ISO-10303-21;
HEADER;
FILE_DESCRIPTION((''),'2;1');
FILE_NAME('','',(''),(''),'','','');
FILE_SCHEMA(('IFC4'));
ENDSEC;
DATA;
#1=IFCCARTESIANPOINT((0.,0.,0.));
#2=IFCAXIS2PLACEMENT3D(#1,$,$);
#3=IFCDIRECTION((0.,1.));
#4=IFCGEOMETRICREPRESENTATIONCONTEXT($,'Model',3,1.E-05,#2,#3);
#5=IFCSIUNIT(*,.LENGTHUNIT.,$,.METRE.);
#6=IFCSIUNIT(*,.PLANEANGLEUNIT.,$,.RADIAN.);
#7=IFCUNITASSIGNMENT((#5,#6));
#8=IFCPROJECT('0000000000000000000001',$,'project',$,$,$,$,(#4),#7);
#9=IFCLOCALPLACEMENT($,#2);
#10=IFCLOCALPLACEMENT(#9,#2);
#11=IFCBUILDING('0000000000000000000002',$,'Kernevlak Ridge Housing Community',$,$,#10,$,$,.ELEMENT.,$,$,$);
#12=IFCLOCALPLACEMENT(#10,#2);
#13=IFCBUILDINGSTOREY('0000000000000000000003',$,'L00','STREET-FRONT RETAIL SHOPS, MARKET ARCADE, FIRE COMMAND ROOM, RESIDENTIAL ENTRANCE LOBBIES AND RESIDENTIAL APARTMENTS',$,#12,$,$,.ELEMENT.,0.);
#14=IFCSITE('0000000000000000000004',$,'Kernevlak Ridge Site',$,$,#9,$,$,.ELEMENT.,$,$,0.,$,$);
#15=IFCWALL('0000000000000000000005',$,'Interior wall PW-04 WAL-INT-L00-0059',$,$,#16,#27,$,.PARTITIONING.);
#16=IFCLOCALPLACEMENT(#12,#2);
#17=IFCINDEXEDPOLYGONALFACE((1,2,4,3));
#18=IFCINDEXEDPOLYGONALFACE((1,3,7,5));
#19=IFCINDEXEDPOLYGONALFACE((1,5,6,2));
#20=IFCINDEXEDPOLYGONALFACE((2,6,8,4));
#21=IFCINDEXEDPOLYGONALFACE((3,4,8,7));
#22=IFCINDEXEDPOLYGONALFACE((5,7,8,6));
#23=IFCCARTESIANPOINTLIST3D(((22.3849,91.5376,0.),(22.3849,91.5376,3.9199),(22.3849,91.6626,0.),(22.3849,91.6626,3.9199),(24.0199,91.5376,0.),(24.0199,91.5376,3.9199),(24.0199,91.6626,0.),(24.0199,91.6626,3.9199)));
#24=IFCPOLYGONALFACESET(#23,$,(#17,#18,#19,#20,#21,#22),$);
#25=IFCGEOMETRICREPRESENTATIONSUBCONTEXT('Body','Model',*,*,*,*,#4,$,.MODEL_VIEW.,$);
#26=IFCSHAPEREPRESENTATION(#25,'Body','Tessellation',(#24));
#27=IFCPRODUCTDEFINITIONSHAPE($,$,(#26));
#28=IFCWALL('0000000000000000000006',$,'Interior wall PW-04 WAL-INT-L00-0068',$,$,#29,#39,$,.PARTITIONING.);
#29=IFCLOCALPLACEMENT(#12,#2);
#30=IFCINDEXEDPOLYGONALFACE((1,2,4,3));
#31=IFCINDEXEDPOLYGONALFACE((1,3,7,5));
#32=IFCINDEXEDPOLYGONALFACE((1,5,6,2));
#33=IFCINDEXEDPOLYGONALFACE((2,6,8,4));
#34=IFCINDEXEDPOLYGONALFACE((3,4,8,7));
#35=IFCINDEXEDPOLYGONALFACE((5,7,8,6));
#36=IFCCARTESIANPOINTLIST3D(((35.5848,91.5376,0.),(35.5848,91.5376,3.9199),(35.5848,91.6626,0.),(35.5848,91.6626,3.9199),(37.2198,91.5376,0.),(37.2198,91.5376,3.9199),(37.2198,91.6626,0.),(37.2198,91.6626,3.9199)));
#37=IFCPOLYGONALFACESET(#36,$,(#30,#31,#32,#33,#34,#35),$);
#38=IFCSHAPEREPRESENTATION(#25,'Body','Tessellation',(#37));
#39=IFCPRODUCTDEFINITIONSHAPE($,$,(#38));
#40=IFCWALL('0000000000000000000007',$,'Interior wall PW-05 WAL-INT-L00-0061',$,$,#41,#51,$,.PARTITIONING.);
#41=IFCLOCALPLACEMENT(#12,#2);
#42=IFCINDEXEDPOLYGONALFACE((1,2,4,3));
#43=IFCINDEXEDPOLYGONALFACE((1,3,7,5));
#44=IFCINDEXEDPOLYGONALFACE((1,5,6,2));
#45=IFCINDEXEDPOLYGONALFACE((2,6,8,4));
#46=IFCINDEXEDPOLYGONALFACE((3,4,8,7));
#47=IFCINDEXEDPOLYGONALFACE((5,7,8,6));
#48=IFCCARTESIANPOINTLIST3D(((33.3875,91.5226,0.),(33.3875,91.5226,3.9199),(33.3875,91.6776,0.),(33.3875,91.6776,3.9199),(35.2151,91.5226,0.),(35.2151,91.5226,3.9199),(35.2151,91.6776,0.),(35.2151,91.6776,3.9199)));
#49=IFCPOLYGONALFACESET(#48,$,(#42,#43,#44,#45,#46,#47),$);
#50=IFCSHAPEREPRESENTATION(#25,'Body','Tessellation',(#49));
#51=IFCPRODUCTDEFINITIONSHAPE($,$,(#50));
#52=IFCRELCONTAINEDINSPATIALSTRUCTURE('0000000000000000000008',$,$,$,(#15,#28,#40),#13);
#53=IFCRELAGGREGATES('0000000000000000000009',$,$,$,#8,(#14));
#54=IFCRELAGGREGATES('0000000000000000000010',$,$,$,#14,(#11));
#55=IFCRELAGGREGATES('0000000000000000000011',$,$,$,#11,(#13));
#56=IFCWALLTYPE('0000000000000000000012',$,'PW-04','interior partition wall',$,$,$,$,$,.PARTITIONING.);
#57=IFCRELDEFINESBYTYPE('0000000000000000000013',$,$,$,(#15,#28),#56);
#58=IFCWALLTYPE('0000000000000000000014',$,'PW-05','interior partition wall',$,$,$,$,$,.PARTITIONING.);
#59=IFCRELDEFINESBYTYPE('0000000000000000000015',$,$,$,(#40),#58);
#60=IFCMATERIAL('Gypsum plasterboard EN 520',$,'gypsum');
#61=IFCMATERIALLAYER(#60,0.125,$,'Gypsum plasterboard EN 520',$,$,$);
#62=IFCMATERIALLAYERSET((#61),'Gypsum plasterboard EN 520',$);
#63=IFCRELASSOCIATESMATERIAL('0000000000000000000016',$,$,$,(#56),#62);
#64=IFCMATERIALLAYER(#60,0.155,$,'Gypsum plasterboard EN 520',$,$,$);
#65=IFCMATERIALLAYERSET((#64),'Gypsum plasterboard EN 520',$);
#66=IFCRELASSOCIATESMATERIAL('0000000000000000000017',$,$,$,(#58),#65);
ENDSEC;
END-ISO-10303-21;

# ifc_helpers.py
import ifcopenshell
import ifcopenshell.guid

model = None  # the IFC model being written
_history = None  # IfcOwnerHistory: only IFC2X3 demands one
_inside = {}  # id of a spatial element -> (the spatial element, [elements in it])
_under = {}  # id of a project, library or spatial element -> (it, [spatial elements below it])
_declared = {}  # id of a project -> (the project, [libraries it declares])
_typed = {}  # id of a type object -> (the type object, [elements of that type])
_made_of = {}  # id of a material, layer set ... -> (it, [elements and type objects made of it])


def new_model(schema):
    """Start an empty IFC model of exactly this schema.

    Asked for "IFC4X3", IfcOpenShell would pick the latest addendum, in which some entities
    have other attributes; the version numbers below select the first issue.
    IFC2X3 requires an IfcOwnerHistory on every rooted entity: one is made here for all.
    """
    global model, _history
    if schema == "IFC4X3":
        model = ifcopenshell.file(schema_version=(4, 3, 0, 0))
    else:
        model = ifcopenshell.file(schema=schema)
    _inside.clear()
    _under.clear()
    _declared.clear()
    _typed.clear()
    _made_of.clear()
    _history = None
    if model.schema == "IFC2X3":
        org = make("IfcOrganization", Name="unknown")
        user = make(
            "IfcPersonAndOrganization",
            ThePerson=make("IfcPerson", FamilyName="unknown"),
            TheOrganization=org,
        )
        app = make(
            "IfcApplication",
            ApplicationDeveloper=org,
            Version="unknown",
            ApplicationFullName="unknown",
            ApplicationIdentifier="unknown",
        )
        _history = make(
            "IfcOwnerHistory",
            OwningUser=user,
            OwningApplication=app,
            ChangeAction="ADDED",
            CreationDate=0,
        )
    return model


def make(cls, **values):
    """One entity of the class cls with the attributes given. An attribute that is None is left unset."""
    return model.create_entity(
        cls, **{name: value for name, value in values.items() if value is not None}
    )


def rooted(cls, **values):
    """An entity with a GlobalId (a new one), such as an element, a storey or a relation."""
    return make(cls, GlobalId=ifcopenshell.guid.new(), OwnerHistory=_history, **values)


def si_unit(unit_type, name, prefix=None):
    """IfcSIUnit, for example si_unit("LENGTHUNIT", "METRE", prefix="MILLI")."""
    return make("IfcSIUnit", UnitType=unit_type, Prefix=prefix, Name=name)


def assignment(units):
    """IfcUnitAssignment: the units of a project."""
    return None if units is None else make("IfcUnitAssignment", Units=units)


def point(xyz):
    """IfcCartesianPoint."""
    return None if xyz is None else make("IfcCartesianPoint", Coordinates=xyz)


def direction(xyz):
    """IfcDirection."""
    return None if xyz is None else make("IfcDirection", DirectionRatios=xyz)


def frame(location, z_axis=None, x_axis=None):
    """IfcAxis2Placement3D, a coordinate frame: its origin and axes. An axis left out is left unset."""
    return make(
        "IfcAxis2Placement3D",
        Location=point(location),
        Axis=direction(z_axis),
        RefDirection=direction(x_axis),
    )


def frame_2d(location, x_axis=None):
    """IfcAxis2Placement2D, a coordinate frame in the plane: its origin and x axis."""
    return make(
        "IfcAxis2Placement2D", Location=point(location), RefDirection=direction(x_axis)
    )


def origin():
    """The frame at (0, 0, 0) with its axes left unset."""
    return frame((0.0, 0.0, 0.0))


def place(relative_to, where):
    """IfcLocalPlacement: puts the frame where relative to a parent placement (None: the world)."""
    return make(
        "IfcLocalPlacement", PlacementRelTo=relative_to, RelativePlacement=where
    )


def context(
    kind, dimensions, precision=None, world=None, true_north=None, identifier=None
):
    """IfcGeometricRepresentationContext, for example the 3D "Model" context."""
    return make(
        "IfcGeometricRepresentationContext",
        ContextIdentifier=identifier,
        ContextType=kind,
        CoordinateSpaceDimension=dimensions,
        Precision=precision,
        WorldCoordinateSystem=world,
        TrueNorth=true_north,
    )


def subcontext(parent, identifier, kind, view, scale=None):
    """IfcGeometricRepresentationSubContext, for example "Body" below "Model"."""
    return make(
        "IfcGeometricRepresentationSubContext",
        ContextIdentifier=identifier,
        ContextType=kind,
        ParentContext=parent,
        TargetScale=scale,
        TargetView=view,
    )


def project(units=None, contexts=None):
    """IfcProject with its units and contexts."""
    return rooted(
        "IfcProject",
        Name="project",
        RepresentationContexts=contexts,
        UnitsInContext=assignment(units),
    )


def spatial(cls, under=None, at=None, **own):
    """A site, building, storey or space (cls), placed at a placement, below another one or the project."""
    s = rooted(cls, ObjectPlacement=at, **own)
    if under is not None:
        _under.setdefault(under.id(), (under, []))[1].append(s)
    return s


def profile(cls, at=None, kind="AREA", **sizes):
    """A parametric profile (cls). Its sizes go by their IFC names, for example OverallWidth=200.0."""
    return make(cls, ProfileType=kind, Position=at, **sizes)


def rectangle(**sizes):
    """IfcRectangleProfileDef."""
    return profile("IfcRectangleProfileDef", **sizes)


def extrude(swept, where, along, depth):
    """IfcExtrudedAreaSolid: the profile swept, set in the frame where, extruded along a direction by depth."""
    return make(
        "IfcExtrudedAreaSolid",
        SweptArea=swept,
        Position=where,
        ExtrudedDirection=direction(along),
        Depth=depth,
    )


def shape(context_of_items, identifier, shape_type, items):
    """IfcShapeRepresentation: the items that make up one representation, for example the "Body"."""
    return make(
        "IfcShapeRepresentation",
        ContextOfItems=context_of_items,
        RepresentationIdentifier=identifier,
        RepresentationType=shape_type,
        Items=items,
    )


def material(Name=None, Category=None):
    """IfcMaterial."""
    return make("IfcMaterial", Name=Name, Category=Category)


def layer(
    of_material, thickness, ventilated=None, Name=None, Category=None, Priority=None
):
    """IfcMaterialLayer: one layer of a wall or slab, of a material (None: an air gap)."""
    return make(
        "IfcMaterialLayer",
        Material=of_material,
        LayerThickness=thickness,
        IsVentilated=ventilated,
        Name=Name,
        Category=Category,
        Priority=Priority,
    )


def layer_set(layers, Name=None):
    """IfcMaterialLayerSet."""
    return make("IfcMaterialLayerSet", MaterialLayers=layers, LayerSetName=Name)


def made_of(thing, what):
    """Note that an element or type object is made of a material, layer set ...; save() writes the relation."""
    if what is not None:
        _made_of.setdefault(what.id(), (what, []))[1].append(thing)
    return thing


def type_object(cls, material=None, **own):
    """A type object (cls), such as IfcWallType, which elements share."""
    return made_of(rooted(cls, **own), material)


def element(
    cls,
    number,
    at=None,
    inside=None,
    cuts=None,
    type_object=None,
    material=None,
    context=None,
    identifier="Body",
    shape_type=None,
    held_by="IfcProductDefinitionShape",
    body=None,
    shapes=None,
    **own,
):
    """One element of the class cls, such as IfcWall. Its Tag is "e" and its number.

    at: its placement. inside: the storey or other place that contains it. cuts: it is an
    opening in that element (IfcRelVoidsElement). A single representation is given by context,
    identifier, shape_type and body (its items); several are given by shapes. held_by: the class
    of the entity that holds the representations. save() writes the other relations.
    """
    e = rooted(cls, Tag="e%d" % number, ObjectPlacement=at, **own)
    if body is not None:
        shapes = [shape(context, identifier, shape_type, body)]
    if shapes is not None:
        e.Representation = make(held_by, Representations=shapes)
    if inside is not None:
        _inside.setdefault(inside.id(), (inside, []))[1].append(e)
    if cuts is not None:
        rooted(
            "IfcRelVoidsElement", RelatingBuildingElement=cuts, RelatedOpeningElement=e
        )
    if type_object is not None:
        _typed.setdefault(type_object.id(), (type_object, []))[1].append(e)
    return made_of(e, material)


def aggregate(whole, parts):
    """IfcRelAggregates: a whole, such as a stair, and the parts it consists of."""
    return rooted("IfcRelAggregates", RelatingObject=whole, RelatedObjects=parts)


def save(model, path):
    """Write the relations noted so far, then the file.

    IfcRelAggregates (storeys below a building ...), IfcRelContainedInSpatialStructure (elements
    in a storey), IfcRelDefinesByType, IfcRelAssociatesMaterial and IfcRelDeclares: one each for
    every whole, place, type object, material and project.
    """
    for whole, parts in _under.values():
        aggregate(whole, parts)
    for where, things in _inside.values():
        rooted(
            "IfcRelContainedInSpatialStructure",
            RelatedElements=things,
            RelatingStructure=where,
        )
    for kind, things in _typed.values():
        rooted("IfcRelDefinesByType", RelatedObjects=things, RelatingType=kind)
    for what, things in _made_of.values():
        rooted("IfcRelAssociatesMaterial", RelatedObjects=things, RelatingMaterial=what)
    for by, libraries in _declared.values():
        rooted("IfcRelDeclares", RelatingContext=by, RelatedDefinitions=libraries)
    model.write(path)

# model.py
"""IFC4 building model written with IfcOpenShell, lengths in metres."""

from ifc_helpers import new_model, si_unit, direction, frame, frame_2d, origin, place, context, subcontext, project, spatial, rectangle, extrude, material, layer, layer_set, type_object, element, save


model = new_model("IFC4")

# Units and contexts
model_context = context("Model", 3, precision=1e-05, world=origin(), true_north=direction((0.0, 1.0)))
body_context = subcontext(model_context, "Body", "Model", "MODEL_VIEW")
ifc_project = project(units=[si_unit("LENGTHUNIT", "METRE"), si_unit("PLANEANGLEUNIT", "RADIAN")], contexts=[model_context])

# Site, building, storey
site_placement = place(None, origin())
site = spatial("IfcSite", under=ifc_project, at=site_placement, Name="Kernevlak Ridge Site", CompositionType="ELEMENT", RefElevation=0.0)
building_placement = place(site_placement, origin())
building = spatial("IfcBuilding", under=site, at=building_placement, Name="Kernevlak Ridge Housing Community", CompositionType="ELEMENT")
storey_placement = place(building_placement, origin())
storey = spatial("IfcBuildingStorey", under=building, at=storey_placement, Name="L00", Description="STREET-FRONT RETAIL SHOPS, MARKET ARCADE, FIRE COMMAND ROOM, RESIDENTIAL ENTRANCE LOBBIES AND RESIDENTIAL APARTMENTS", CompositionType="ELEMENT", Elevation=0.0)

# Walls
ifc_material_1 = material(Name="Gypsum plasterboard EN 520", Category="gypsum")
ifc_layer_1 = layer(ifc_material_1, 0.125, Name="Gypsum plasterboard EN 520")
ifc_layer_set_1 = layer_set([ifc_layer_1], Name="Gypsum plasterboard EN 520")
wall_type_1 = type_object("IfcWallType", Name="PW-04", Description="interior partition wall", PredefinedType="PARTITIONING", material=ifc_layer_set_1)
for number, where, z_axis, x_axis, name in (
    (1, (22.385, 91.6001, 0.0), (0.0, 0.0, 1.0), (1.0, 0.0, 0.0), "Interior wall PW-04 WAL-INT-L00-0059"),
    (2, (35.585, 91.6001, 0.0), (0.0, 0.0, 1.0), (1.0, 0.0, 0.0), "Interior wall PW-04 WAL-INT-L00-0068"),
):
    element("IfcWall", number, at=place(storey_placement, frame(where, z_axis=z_axis, x_axis=x_axis)), inside=storey, type_object=wall_type_1, Name=name, PredefinedType="PARTITIONING", context=body_context, shape_type="SweptSolid", body=[
        extrude(rectangle(XDim=1.635, YDim=0.125, at=frame_2d((0.8174, 0.0))), origin(), (0.0, 0.0, 1.0), 3.9199),
    ])
ifc_layer_2 = layer(ifc_material_1, 0.155, Name="Gypsum plasterboard EN 520")
ifc_layer_set_2 = layer_set([ifc_layer_2], Name="Gypsum plasterboard EN 520")
wall_type_2 = type_object("IfcWallType", Name="PW-05", Description="interior partition wall", PredefinedType="PARTITIONING", material=ifc_layer_set_2)
wall_1_placement = place(storey_placement, frame((33.3875, 91.6001, 0.0), z_axis=(0.0, 0.0, 1.0), x_axis=(1.0, 0.0, 0.0)))
element("IfcWall", 3, at=wall_1_placement, inside=storey, type_object=wall_type_2, Name="Interior wall PW-05 WAL-INT-L00-0061", PredefinedType="PARTITIONING", context=body_context, shape_type="SweptSolid", body=[
    extrude(rectangle(XDim=1.8276, YDim=0.155, at=frame_2d((0.9138, 0.0))), origin(), (0.0, 0.0, 1.0), 3.9199),
])

save(model, "model.ifc")
